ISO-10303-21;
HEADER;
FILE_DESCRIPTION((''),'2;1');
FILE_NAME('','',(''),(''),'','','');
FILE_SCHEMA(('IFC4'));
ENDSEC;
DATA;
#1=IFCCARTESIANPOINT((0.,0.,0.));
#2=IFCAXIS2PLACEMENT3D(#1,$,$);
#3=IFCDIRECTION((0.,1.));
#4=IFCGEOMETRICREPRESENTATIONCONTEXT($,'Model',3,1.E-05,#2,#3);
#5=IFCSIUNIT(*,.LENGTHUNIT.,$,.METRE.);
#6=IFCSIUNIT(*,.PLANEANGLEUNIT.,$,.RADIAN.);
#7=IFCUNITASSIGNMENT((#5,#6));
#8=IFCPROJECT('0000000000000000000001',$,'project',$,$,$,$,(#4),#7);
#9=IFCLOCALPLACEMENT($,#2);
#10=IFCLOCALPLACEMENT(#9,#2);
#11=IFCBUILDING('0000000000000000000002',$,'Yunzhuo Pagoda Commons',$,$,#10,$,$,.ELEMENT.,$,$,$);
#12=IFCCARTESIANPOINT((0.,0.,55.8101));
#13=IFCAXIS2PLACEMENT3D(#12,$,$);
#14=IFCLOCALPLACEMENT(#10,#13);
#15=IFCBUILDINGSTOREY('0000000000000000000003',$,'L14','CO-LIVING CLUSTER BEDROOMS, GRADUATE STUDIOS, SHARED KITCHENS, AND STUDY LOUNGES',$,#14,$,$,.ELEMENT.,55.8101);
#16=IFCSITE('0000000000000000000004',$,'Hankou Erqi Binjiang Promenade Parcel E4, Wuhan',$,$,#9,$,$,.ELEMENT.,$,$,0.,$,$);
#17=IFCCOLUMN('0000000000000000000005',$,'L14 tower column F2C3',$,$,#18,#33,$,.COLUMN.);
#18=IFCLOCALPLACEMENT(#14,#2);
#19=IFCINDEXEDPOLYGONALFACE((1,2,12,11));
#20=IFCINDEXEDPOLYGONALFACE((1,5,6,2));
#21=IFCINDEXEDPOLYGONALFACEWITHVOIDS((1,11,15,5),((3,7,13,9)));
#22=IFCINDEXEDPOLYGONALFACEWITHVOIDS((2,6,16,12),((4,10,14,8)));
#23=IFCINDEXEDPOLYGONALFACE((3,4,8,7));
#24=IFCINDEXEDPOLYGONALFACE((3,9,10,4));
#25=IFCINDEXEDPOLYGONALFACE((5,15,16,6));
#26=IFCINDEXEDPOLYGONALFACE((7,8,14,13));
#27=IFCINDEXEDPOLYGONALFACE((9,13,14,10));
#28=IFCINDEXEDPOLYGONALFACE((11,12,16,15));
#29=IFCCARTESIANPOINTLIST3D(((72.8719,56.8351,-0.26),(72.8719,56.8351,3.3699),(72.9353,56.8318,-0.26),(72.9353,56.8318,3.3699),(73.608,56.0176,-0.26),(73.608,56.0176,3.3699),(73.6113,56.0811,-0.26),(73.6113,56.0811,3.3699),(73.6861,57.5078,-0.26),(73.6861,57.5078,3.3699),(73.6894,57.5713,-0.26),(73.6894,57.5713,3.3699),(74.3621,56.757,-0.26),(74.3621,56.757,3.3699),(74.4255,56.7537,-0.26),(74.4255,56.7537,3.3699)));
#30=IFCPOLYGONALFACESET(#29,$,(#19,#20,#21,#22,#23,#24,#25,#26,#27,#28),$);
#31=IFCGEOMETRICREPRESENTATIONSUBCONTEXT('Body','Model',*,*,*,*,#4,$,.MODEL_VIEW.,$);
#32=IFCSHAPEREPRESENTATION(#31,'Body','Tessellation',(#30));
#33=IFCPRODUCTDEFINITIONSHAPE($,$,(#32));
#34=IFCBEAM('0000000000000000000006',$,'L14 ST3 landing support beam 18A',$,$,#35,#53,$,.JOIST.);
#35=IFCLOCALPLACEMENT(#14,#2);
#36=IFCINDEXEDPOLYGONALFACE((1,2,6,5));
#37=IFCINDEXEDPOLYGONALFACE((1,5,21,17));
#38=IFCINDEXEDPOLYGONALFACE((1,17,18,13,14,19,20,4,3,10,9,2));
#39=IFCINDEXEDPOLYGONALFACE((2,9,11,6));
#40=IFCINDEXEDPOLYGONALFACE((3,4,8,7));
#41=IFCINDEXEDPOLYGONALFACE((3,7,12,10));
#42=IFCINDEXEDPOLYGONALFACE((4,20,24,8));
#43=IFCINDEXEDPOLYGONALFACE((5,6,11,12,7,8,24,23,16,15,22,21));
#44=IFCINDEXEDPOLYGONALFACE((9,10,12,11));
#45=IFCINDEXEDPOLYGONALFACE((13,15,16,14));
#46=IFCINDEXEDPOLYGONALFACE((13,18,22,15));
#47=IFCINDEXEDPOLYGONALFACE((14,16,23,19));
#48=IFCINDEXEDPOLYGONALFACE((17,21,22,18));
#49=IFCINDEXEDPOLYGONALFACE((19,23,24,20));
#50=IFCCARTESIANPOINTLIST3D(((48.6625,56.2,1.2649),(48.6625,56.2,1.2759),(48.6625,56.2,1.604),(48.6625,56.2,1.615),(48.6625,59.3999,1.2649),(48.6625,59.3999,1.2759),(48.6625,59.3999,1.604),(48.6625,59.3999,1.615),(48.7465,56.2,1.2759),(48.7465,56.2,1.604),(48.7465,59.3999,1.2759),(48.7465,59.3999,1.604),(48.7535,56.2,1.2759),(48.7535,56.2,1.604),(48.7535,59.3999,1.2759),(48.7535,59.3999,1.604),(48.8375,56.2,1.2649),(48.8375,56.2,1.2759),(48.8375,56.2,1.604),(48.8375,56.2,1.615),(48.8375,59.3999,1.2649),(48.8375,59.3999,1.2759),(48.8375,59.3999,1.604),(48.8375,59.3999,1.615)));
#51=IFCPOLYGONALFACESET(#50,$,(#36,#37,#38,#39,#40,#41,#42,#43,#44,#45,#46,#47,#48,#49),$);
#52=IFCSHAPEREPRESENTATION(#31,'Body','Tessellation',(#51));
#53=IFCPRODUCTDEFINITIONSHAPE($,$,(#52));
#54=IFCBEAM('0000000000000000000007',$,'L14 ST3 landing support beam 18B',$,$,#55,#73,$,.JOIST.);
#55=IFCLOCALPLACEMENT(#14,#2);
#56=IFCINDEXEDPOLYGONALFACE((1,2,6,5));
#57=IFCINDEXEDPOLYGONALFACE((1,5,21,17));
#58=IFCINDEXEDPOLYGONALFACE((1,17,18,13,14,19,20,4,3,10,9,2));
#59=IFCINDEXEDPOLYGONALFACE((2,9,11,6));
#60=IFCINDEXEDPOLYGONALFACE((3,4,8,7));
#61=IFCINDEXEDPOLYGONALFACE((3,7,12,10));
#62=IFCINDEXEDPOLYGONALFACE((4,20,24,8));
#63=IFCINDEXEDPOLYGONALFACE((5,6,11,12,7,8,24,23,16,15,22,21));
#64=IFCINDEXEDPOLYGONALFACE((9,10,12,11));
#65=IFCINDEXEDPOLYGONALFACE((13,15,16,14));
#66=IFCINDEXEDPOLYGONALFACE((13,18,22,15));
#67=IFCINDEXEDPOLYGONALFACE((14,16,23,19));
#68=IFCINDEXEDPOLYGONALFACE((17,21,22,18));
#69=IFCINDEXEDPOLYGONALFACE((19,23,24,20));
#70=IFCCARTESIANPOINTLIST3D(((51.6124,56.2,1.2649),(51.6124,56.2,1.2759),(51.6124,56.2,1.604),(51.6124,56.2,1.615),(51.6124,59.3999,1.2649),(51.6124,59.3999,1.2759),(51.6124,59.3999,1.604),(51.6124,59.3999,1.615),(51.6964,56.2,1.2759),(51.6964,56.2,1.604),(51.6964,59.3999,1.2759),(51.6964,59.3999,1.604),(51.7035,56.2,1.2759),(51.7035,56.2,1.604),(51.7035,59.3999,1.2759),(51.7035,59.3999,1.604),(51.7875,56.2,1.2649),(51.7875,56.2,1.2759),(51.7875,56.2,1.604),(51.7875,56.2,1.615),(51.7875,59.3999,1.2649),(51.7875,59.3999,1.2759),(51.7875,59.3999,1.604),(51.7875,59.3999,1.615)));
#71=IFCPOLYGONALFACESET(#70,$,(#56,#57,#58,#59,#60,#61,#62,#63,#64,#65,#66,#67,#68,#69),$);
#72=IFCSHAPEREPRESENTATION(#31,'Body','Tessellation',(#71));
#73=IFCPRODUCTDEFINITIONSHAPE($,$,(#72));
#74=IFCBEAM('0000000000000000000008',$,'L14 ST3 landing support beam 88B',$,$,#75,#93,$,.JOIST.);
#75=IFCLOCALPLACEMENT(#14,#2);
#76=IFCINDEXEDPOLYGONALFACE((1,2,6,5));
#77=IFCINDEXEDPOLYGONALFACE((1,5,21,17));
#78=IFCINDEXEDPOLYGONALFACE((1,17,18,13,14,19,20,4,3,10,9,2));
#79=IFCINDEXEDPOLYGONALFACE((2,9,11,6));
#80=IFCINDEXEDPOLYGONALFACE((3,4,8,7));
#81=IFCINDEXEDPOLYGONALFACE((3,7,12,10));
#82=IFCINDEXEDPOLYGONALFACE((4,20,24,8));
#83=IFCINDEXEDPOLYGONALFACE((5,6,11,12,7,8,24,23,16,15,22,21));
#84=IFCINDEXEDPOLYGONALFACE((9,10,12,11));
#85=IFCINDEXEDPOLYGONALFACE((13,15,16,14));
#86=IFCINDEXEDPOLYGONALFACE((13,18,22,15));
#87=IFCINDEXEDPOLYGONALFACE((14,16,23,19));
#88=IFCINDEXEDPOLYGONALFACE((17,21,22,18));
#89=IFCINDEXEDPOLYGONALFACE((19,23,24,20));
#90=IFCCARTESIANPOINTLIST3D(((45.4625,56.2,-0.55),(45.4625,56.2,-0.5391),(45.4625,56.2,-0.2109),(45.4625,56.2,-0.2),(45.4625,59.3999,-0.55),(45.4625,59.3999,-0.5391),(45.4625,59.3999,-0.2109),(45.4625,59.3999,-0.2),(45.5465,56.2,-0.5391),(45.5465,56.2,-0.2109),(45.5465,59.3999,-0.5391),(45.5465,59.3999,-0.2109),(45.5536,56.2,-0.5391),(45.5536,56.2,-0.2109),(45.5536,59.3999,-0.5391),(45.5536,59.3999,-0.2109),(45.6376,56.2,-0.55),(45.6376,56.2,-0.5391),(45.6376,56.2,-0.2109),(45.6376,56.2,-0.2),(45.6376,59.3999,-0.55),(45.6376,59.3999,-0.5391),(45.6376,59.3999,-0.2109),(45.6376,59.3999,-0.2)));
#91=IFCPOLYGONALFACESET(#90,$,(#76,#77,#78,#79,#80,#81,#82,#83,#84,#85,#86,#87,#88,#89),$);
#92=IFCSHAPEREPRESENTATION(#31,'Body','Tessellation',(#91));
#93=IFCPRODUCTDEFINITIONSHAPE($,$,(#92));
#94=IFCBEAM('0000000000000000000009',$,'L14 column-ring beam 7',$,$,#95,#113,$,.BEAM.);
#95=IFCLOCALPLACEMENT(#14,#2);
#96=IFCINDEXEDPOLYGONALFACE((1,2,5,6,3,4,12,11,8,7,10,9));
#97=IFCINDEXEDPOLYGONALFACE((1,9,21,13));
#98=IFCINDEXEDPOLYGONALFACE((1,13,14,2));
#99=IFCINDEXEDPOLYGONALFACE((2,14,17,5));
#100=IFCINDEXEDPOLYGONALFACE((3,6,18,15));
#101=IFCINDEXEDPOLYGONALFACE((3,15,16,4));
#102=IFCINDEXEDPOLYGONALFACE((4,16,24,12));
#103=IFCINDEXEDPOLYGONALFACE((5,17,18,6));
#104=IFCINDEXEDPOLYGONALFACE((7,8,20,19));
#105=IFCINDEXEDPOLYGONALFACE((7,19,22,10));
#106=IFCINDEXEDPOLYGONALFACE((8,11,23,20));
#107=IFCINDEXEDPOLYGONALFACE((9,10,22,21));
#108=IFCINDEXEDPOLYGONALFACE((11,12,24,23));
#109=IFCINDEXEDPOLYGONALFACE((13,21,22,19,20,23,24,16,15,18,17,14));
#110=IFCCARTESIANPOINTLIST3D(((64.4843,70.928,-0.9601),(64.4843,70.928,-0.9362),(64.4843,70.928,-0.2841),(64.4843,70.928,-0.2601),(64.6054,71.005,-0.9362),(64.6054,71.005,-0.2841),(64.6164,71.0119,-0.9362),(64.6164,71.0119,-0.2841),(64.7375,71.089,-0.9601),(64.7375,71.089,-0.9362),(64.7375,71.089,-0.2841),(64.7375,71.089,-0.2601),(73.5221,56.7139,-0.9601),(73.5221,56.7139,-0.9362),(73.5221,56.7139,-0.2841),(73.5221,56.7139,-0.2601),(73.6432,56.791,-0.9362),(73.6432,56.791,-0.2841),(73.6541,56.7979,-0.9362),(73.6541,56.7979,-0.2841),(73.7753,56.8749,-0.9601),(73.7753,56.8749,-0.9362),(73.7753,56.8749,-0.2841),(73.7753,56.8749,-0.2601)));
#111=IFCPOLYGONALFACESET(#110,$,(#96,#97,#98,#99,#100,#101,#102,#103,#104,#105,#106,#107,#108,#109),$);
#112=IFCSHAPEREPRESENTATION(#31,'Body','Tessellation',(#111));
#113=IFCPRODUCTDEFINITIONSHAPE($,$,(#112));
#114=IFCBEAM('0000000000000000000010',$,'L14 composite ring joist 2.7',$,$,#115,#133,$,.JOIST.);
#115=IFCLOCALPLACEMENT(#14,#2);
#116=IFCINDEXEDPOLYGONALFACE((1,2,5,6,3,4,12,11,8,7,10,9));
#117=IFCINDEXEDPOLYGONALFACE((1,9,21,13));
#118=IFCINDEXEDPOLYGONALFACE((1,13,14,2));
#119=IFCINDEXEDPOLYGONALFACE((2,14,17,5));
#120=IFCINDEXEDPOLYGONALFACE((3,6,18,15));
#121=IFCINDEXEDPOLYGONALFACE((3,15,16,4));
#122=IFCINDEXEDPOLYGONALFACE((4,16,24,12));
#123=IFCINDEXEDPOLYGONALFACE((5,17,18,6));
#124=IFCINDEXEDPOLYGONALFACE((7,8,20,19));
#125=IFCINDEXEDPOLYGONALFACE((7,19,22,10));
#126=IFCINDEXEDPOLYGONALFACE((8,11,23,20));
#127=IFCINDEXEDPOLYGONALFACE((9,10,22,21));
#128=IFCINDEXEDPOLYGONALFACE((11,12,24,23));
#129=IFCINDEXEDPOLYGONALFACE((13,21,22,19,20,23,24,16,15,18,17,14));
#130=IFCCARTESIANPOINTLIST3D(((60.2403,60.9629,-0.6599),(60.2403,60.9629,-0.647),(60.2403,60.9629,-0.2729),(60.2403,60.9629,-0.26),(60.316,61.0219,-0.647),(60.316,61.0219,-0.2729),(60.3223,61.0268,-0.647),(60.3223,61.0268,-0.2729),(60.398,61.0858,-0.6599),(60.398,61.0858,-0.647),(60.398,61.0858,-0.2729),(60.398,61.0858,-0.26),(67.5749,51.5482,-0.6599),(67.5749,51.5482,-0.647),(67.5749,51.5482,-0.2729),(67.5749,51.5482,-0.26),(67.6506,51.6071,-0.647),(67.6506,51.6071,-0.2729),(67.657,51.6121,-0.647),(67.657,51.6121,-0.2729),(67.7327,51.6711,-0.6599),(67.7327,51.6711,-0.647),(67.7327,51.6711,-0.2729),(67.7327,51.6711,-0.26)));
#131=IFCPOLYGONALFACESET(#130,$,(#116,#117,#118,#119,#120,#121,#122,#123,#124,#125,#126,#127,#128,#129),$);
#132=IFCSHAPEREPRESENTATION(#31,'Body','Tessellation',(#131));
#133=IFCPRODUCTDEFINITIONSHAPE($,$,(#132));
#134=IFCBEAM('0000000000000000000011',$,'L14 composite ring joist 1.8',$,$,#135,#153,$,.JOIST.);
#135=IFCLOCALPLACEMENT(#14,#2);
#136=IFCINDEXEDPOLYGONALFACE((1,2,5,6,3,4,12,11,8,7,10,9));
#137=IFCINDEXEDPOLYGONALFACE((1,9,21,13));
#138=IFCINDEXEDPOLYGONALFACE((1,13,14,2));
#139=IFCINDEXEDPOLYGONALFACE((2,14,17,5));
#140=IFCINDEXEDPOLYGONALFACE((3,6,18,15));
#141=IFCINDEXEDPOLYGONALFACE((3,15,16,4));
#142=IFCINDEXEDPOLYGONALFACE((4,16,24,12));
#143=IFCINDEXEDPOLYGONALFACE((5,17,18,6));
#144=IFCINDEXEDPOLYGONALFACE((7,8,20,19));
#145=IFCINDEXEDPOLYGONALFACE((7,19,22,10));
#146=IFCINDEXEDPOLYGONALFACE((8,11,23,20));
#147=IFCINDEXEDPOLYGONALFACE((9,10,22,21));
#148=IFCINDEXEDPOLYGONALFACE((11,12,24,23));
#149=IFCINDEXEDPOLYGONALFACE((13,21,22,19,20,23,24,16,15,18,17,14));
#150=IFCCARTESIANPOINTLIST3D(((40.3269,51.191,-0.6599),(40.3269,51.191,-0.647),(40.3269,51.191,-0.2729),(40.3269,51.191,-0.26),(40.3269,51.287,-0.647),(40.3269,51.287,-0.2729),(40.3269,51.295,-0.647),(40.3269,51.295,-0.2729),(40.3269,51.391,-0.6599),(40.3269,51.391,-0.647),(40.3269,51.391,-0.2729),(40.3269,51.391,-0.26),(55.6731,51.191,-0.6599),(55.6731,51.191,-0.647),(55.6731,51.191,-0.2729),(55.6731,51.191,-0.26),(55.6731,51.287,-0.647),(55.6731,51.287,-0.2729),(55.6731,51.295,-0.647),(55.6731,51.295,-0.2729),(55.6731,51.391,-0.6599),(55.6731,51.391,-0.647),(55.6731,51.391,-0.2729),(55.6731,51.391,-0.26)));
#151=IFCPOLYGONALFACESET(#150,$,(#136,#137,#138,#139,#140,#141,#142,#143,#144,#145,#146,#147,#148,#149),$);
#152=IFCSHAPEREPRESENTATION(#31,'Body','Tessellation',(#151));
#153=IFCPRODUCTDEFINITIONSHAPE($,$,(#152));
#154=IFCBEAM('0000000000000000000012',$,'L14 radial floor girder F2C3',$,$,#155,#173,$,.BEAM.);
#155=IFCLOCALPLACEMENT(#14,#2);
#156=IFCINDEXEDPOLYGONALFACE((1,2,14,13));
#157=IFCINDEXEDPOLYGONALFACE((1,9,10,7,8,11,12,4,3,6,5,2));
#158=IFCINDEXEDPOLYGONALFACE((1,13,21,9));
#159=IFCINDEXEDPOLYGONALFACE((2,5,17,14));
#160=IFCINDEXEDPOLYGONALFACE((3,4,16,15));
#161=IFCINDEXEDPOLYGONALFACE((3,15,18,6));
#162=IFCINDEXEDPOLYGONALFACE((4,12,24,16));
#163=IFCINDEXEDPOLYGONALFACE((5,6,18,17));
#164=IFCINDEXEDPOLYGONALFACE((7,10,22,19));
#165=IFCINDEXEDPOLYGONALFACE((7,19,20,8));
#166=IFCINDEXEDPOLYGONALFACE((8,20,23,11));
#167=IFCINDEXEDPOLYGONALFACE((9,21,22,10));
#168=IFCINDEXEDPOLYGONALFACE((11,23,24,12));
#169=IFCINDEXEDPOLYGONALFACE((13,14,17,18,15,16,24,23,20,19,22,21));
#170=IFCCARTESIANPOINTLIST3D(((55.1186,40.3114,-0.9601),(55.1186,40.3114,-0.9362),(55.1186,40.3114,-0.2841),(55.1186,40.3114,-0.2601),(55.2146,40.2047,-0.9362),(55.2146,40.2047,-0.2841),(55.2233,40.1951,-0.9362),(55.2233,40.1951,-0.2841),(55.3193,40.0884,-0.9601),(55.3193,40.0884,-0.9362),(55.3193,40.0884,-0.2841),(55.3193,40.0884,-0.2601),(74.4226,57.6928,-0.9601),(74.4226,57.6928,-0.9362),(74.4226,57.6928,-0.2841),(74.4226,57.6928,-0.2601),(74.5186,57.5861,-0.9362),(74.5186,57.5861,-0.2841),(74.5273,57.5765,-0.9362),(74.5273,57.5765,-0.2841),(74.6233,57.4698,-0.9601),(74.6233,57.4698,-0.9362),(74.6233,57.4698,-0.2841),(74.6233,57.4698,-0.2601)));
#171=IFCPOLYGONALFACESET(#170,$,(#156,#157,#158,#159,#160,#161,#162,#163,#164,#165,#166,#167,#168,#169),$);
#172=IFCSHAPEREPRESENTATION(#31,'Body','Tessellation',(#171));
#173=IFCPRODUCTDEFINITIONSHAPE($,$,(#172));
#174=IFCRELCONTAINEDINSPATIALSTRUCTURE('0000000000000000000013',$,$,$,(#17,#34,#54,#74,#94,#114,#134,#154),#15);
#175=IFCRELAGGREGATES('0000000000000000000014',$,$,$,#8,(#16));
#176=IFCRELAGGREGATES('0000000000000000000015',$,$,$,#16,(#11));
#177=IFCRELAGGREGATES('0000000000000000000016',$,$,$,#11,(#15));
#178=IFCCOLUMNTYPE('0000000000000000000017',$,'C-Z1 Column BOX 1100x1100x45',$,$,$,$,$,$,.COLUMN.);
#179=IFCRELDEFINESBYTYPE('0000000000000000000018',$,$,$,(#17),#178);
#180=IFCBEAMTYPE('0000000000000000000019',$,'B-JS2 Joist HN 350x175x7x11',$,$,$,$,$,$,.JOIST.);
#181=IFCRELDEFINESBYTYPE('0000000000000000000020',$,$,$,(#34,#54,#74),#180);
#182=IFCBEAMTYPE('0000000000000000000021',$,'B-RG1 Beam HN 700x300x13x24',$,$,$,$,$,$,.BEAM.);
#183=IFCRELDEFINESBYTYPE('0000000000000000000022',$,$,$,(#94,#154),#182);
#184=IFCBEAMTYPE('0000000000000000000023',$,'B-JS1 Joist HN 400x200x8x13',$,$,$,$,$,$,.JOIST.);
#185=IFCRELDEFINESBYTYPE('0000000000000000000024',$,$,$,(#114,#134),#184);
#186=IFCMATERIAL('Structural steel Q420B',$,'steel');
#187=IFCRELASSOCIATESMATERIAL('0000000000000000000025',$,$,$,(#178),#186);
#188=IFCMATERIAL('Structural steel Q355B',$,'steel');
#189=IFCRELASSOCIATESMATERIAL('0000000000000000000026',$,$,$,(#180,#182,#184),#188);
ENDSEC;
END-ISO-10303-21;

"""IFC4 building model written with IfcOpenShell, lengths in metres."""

from ifc_helpers import new_model, si_unit, direction, frame, origin, origin_2d, place, context, subcontext, project, spatial, hollow_rectangle, i_section, extrude, source, transform, mapped, material, material_profile, profile_set, type_object, element, save


model = new_model("IFC4")

# Units and contexts
model_context = context("Model", 3, precision=1e-05, world=origin(), true_north=direction((0.0, 1.0)))
body_context = subcontext(model_context, "Body", "Model", "MODEL_VIEW")
ifc_project = project(units=[si_unit("LENGTHUNIT", "METRE"), si_unit("PLANEANGLEUNIT", "RADIAN")], contexts=[model_context])

# Site, building, storey
site_placement = place(None, origin())
site = spatial("IfcSite", under=ifc_project, at=site_placement, Name="Hankou Erqi Binjiang Promenade Parcel E4, Wuhan", CompositionType="ELEMENT", RefElevation=0.0)
building_placement = place(site_placement, origin())
building = spatial("IfcBuilding", under=site, at=building_placement, Name="Yunzhuo Pagoda Commons", CompositionType="ELEMENT")
storey_placement = place(building_placement, frame((0.0, 0.0, 55.8101)))
storey = spatial("IfcBuildingStorey", under=building, at=storey_placement, Name="L14", Description="CO-LIVING CLUSTER BEDROOMS, GRADUATE STUDIOS, SHARED KITCHENS, AND STUDY LOUNGES", CompositionType="ELEMENT", Elevation=55.8101)

# Column
ifc_material_1 = material(Name="Structural steel Q420B", Category="steel")
ifc_material_profile_1 = material_profile(ifc_material_1, hollow_rectangle(XDim=1.1001, YDim=1.1001, WallThickness=0.0449, at=origin_2d()), Name="Structural steel Q420B")
ifc_profile_set_1 = profile_set([ifc_material_profile_1], Name="Structural steel Q420B")
column_type = type_object("IfcColumnType", Name="C-Z1 Column BOX 1100x1100x45", PredefinedType="COLUMN", material=ifc_profile_set_1)
shared_shape_1 = source(origin(), body_context, "Body", "SweptSolid", [
    extrude(hollow_rectangle(XDim=1.1001, YDim=1.1001, WallThickness=0.0449, at=origin_2d()), origin(), (0.0, 0.0, 1.0), 3.6299),
])
column_placement = place(storey_placement, frame((73.6487, 56.7944, -0.26), z_axis=(0.0, 0.0, 1.0), x_axis=(-0.669131, 0.743145, 0.0)))
element("IfcColumn", 1, at=column_placement, inside=storey, type_object=column_type, Name="L14 tower column F2C3", PredefinedType="COLUMN", context=body_context, shape_type="MappedRepresentation", body=[
    mapped(shared_shape_1, transform((0.0, 0.0, 0.0), scale=1.0)),
])

# Beams
ifc_material_2 = material(Name="Structural steel Q355B", Category="steel")
ifc_material_profile_2 = material_profile(ifc_material_2, i_section(OverallWidth=0.175, OverallDepth=0.3501, WebThickness=0.0071, FlangeThickness=0.011, at=origin_2d()), Name="Structural steel Q355B")
ifc_profile_set_2 = profile_set([ifc_material_profile_2], Name="Structural steel Q355B")
beam_type_1 = type_object("IfcBeamType", Name="B-JS2 Joist HN 350x175x7x11", PredefinedType="JOIST", material=ifc_profile_set_2)
shared_shape_2 = source(origin(), body_context, "Body", "SweptSolid", [
    extrude(i_section(OverallWidth=0.175, OverallDepth=0.3501, WebThickness=0.0071, FlangeThickness=0.011, at=origin_2d()), origin(), (0.0, 0.0, 1.0), 3.2),
])
for number, where, z_axis, x_axis, name in (
    (2, (48.75, 56.2, 1.4399), (0.0, 1.0, 0.0), (-1.0, 0.0, 0.0), "L14 ST3 landing support beam 18A"),
    (3, (51.7, 56.2, 1.4399), (0.0, 1.0, 0.0), (-1.0, 0.0, 0.0), "L14 ST3 landing support beam 18B"),
    (4, (45.55, 56.2, -0.375), (0.0, 1.0, 0.0), (-1.0, 0.0, 0.0), "L14 ST3 landing support beam 88B"),
):
    element("IfcBeam", number, at=place(storey_placement, frame(where, z_axis=z_axis, x_axis=x_axis)), inside=storey, type_object=beam_type_1, Name=name, PredefinedType="JOIST", context=body_context, shape_type="MappedRepresentation", body=[
        mapped(shared_shape_2, transform((0.0, 0.0, 0.0), scale=1.0)),
    ])
ifc_material_profile_3 = material_profile(ifc_material_2, i_section(OverallWidth=0.3, OverallDepth=0.7, WebThickness=0.0129, FlangeThickness=0.0239, at=origin_2d()), Name="Structural steel Q355B")
ifc_profile_set_3 = profile_set([ifc_material_profile_3], Name="Structural steel Q355B")
beam_type_2 = type_object("IfcBeamType", Name="B-RG1 Beam HN 700x300x13x24", PredefinedType="BEAM", material=ifc_profile_set_3)
shared_shape_3 = source(origin(), body_context, "Body", "SweptSolid", [
    extrude(i_section(OverallWidth=0.3, OverallDepth=0.7, WebThickness=0.0129, FlangeThickness=0.0239, at=origin_2d()), origin(), (0.0, 0.0, 1.0), 16.844),
])
beam_1_placement = place(storey_placement, frame((73.6487, 56.7944, -0.6101), z_axis=(-0.536558, 0.843863, 0.0), x_axis=(-0.843863, -0.536558, 0.0)))
element("IfcBeam", 5, at=beam_1_placement, inside=storey, type_object=beam_type_2, Name="L14 column-ring beam 7", PredefinedType="BEAM", context=body_context, shape_type="MappedRepresentation", body=[
    mapped(shared_shape_3, transform((0.0, 0.0, 0.0), scale=1.0)),
])
ifc_material_profile_4 = material_profile(ifc_material_2, i_section(OverallWidth=0.2, OverallDepth=0.3999, WebThickness=0.0081, FlangeThickness=0.0129, at=origin_2d()), Name="Structural steel Q355B")
ifc_profile_set_4 = profile_set([ifc_material_profile_4], Name="Structural steel Q355B")
beam_type_3 = type_object("IfcBeamType", Name="B-JS1 Joist HN 400x200x8x13", PredefinedType="JOIST", material=ifc_profile_set_4)
shared_shape_4 = source(origin(), body_context, "Body", "SweptSolid", [
    extrude(i_section(OverallWidth=0.2, OverallDepth=0.3999, WebThickness=0.0081, FlangeThickness=0.0129, at=origin_2d()), origin(), (0.0, 0.0, 1.0), 11.9346),
])
beam_2_placement = place(storey_placement, frame((67.6538, 51.6096, -0.46), z_axis=(-0.614572, 0.788861, 0.0), x_axis=(-0.788861, -0.614572, 0.0)))
element("IfcBeam", 6, at=beam_2_placement, inside=storey, type_object=beam_type_3, Name="L14 composite ring joist 2.7", PredefinedType="JOIST", context=body_context, shape_type="MappedRepresentation", body=[
    mapped(shared_shape_4, transform((0.0, 0.0, 0.0), scale=1.0)),
])
shared_shape_5 = source(origin(), body_context, "Body", "SweptSolid", [
    extrude(i_section(OverallWidth=0.2, OverallDepth=0.3999, WebThickness=0.0081, FlangeThickness=0.0129, at=origin_2d()), origin(), (0.0, 0.0, 1.0), 15.3462),
])
beam_3_placement = place(storey_placement, frame((55.6731, 51.291, -0.46), z_axis=(-1.0, 0.0, 0.0), x_axis=(0.0, -1.0, 0.0)))
element("IfcBeam", 7, at=beam_3_placement, inside=storey, type_object=beam_type_3, Name="L14 composite ring joist 1.8", PredefinedType="JOIST", context=body_context, shape_type="MappedRepresentation", body=[
    mapped(shared_shape_5, transform((0.0, 0.0, 0.0), scale=1.0)),
])
shared_shape_6 = source(origin(), body_context, "Body", "SweptSolid", [
    extrude(i_section(OverallWidth=0.3, OverallDepth=0.7, WebThickness=0.0129, FlangeThickness=0.0239, at=origin_2d()), origin(), (0.0, 0.0, 1.0), 25.9761),
])
beam_4_placement = place(storey_placement, frame((74.5229, 57.5813, -0.6101), z_axis=(-0.743145, -0.66913, 0.0), x_axis=(0.66913, -0.743145, 0.0)))
element("IfcBeam", 8, at=beam_4_placement, inside=storey, type_object=beam_type_2, Name="L14 radial floor girder F2C3", PredefinedType="BEAM", context=body_context, shape_type="MappedRepresentation", body=[
    mapped(shared_shape_6, transform((0.0, 0.0, 0.0), scale=1.0)),
])

save(model, "model.ifc")
